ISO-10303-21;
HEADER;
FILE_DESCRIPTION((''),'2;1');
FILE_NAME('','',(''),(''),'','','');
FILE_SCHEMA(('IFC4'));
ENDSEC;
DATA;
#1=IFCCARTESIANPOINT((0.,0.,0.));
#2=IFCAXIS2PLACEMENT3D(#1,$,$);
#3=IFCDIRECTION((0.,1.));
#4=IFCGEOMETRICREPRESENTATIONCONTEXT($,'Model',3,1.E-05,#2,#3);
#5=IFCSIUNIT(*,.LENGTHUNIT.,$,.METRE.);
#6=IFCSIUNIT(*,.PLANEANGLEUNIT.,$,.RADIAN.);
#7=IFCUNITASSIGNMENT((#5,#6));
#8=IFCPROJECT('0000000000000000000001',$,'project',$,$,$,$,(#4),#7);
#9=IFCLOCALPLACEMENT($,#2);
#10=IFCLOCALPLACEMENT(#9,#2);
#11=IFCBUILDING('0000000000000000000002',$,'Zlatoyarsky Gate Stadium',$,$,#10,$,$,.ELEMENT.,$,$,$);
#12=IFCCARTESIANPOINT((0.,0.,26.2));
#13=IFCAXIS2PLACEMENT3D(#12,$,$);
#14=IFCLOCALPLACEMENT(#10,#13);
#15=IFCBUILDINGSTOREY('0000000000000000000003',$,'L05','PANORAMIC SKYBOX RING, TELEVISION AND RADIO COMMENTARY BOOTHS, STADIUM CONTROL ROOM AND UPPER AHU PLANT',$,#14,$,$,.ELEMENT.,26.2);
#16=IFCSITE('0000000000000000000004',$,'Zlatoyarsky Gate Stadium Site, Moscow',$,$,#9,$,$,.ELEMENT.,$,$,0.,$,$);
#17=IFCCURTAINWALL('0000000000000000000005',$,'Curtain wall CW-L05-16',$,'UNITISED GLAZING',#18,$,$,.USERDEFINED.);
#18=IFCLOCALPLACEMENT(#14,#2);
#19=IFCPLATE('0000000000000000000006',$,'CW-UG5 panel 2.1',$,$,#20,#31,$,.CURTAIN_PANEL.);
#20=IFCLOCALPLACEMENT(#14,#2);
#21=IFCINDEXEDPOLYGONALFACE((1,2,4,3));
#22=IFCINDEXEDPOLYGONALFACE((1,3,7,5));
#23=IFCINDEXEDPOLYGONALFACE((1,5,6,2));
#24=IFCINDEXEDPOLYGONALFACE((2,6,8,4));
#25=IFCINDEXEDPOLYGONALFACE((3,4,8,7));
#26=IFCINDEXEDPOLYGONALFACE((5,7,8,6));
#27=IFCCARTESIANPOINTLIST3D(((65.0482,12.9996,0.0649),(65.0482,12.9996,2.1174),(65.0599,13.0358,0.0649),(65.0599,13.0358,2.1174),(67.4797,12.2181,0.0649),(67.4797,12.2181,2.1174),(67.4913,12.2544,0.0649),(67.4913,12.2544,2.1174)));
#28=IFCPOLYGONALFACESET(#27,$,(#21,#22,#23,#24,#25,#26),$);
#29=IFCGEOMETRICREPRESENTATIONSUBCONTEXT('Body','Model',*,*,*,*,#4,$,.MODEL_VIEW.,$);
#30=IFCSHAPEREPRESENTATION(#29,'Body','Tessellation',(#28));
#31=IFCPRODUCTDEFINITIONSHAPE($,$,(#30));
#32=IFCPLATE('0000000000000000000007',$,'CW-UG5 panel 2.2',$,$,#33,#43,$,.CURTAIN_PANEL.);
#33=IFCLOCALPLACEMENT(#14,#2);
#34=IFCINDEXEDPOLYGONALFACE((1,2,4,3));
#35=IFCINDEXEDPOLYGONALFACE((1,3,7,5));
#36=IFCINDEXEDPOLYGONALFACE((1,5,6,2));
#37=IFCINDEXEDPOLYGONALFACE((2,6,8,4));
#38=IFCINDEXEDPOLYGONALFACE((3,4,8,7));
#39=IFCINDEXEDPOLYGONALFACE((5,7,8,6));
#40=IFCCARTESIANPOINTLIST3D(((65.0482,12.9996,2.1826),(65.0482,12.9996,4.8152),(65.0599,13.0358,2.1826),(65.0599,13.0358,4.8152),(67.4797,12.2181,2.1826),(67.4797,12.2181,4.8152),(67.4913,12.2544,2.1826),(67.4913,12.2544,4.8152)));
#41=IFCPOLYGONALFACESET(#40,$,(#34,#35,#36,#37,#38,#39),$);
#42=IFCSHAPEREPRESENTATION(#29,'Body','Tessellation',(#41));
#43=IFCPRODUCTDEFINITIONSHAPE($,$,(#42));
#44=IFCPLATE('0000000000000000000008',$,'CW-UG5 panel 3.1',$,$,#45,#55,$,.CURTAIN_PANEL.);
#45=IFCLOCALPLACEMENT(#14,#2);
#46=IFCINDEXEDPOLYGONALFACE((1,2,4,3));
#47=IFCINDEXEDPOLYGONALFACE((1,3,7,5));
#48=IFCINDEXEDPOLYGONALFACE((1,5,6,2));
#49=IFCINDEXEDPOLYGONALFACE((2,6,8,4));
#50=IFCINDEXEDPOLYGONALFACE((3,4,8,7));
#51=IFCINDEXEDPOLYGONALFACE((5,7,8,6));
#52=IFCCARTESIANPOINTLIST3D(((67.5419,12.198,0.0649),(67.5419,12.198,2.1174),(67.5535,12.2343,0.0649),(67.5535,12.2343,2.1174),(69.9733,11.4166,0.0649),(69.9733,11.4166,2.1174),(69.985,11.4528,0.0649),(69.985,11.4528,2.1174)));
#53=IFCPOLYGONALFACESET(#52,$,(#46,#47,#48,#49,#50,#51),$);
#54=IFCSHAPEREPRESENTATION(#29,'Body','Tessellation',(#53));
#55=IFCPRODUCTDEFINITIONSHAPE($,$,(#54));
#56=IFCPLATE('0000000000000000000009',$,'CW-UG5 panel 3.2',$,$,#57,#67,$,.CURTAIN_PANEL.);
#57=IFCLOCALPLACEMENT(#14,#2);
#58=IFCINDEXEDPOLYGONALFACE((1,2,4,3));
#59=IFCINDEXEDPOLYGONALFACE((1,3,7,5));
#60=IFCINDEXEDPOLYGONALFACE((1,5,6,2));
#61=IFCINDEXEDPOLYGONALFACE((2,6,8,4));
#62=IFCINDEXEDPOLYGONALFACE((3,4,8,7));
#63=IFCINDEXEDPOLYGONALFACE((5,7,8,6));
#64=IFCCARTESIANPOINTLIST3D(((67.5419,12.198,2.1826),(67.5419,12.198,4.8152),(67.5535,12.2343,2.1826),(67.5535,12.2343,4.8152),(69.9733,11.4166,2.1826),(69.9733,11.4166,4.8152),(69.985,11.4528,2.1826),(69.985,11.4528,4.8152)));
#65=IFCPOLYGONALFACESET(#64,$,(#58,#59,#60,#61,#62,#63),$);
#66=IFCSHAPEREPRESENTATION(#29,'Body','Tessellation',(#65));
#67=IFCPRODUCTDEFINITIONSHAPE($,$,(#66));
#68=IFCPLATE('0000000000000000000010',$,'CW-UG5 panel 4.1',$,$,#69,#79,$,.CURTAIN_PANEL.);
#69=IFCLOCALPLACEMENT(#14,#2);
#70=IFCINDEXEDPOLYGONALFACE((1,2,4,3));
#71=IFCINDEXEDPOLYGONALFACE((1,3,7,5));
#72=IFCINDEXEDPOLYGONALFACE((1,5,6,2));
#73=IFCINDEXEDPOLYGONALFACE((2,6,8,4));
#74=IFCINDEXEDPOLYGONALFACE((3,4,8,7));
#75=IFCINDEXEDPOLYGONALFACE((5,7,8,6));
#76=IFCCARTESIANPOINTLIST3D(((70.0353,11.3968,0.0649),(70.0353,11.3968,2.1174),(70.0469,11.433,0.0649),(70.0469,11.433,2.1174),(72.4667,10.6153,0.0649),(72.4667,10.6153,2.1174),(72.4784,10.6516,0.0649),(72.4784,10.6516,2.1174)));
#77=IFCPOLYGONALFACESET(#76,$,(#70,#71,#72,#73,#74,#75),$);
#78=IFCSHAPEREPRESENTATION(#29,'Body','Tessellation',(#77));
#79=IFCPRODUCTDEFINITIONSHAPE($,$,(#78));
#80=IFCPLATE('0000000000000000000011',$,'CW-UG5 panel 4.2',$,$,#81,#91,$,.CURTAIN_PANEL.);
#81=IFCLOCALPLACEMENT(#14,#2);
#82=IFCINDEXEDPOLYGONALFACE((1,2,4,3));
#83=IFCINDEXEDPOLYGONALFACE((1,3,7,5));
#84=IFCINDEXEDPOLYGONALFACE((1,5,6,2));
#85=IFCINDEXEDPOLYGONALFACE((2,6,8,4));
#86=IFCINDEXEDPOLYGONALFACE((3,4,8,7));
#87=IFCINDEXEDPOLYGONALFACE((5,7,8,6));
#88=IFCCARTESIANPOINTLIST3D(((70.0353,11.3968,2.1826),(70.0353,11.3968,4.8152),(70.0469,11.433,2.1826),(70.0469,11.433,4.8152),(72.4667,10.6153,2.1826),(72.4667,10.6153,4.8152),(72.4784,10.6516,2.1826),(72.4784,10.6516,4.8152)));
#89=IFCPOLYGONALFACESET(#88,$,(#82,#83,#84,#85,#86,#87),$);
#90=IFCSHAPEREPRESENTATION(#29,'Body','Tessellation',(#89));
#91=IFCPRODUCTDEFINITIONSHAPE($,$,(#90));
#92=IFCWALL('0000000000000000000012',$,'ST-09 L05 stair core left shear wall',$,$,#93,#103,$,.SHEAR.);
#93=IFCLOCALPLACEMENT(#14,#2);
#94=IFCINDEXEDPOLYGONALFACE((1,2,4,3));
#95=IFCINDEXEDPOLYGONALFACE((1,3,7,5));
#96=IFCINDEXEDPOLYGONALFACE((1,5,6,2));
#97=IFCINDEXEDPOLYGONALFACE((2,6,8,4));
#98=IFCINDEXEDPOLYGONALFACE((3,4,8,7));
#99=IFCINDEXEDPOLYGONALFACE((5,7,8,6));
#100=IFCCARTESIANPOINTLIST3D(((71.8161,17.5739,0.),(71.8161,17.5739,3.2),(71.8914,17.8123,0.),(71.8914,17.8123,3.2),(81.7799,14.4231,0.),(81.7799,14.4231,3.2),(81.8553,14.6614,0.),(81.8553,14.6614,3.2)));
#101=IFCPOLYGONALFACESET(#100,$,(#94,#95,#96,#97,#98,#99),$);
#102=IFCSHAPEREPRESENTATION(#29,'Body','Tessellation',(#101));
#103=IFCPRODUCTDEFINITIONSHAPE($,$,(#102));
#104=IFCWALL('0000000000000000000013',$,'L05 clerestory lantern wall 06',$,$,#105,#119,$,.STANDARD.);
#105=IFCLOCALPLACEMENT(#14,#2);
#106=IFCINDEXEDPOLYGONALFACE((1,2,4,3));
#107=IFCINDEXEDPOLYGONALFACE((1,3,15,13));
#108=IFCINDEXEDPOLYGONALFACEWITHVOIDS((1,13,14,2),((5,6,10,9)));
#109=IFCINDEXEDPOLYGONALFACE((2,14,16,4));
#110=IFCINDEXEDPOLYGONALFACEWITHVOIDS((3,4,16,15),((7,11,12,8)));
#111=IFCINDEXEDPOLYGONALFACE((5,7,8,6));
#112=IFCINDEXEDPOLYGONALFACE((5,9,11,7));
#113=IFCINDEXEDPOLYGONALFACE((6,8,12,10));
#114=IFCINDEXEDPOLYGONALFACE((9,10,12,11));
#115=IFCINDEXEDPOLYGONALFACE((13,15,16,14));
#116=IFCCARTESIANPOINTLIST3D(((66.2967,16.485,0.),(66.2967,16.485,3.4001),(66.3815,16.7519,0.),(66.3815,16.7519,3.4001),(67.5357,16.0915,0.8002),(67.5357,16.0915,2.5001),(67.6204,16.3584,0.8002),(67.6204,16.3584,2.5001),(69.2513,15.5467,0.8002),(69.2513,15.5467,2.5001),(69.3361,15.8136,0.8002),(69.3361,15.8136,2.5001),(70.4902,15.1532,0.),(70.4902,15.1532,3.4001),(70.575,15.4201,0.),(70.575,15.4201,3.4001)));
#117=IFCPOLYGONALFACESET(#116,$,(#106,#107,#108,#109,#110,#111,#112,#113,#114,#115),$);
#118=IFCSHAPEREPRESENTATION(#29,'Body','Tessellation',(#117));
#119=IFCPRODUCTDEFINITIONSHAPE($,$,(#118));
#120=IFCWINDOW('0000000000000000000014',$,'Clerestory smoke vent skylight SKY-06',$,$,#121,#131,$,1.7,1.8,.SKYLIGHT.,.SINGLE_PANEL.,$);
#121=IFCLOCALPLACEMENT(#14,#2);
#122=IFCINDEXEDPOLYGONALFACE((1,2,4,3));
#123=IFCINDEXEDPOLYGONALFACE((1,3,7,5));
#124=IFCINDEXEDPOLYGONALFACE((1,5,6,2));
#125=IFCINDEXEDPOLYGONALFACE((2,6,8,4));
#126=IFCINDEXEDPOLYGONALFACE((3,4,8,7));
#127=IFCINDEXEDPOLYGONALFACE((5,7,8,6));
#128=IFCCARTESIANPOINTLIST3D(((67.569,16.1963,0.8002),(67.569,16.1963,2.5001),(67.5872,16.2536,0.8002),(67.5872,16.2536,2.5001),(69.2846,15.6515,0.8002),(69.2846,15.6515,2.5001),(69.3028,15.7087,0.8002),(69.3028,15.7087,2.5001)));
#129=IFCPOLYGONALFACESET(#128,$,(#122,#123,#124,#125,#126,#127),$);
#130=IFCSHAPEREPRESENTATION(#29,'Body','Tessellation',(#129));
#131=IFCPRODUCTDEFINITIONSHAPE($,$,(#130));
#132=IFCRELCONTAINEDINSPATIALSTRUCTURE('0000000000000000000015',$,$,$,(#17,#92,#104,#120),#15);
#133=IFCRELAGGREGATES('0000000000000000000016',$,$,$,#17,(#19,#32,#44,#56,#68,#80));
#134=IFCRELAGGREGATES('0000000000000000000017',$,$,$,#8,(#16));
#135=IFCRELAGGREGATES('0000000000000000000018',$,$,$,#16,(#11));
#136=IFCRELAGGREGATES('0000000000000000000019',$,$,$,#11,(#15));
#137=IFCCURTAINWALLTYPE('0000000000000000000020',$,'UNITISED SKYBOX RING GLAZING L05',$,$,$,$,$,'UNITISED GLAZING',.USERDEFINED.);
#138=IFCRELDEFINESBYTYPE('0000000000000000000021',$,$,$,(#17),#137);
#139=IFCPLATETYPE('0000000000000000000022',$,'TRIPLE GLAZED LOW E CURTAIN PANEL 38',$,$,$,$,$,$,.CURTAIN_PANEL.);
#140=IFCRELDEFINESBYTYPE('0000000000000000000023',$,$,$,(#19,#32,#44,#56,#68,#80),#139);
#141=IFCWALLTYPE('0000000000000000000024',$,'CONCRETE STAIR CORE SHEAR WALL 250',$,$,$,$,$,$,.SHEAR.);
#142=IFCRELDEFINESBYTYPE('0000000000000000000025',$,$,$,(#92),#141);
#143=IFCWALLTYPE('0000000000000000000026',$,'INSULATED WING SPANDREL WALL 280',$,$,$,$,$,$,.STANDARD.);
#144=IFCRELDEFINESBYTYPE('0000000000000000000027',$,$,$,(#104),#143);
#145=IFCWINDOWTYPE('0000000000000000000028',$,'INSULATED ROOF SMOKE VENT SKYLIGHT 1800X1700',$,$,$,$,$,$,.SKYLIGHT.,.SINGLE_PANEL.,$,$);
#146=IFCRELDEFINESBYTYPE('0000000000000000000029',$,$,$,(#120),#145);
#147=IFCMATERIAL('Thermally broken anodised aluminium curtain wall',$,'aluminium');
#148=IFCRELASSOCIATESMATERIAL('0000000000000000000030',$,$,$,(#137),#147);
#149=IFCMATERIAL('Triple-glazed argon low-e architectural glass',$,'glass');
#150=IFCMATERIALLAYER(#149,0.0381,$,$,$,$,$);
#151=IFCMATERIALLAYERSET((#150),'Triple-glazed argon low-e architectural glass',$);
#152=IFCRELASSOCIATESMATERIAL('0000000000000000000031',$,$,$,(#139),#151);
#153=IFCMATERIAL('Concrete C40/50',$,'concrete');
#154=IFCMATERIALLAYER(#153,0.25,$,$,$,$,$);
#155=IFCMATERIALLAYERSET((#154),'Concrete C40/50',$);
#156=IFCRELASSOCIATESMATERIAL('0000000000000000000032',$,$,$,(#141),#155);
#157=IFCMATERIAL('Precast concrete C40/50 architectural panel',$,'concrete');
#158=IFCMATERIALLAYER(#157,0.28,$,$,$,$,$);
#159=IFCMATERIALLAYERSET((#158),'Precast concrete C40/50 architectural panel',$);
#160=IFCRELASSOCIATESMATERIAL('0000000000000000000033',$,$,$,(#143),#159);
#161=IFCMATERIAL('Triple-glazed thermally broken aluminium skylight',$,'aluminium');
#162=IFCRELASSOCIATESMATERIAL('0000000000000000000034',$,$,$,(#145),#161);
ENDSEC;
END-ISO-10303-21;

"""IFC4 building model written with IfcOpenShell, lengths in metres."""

from ifc_helpers import new_model, si_unit, direction, frame, frame_2d, origin, origin_2d, place, context, subcontext, project, spatial, rectangle, extrude, material, layer, layer_set, type_object, element, fill, aggregate, save


model = new_model("IFC4")

# Units and contexts
model_context = context("Model", 3, precision=1e-05, world=origin(), true_north=direction((0.0, 1.0)))
body_context = subcontext(model_context, "Body", "Model", "MODEL_VIEW")
ifc_project = project(units=[si_unit("LENGTHUNIT", "METRE"), si_unit("PLANEANGLEUNIT", "RADIAN")], contexts=[model_context])

# Site, building, storey
site_placement = place(None, origin())
site = spatial("IfcSite", under=ifc_project, at=site_placement, Name="Zlatoyarsky Gate Stadium Site, Moscow", CompositionType="ELEMENT", RefElevation=0.0)
building_placement = place(site_placement, origin())
building = spatial("IfcBuilding", under=site, at=building_placement, Name="Zlatoyarsky Gate Stadium", CompositionType="ELEMENT")
storey_placement = place(building_placement, frame((0.0, 0.0, 26.2)))
storey = spatial("IfcBuildingStorey", under=building, at=storey_placement, Name="L05", Description="PANORAMIC SKYBOX RING, TELEVISION AND RADIO COMMENTARY BOOTHS, STADIUM CONTROL ROOM AND UPPER AHU PLANT", CompositionType="ELEMENT", Elevation=26.2)

# Curtain wall
ifc_material_1 = material(Name="Thermally broken anodised aluminium curtain wall", Category="aluminium")
curtain_wall_type = type_object("IfcCurtainWallType", Name="UNITISED SKYBOX RING GLAZING L05", ElementType="UNITISED GLAZING", PredefinedType="USERDEFINED", material=ifc_material_1)
curtain_wall_placement = place(storey_placement, origin())
curtain_wall = element("IfcCurtainWall", 1, at=curtain_wall_placement, inside=storey, type_object=curtain_wall_type, Name="Curtain wall CW-L05-16", ObjectType="UNITISED GLAZING", PredefinedType="USERDEFINED")

# Plates
ifc_material_2 = material(Name="Triple-glazed argon low-e architectural glass", Category="glass")
ifc_layer_1 = layer(ifc_material_2, 0.0381)
ifc_layer_set_1 = layer_set([ifc_layer_1], Name="Triple-glazed argon low-e architectural glass")
plate_type_1 = type_object("IfcPlateType", Name="TRIPLE GLAZED LOW E CURTAIN PANEL 38", PredefinedType="CURTAIN_PANEL", material=ifc_layer_set_1)
plate_1_placement = place(storey_placement, frame((66.2698, 12.627, 0.0649), z_axis=(0.0, 0.0, 1.0), x_axis=(0.952039, -0.305978, 0.0)))
plate_1 = element("IfcPlate", 2, at=plate_1_placement, type_object=plate_type_1, Name="CW-UG5 panel 2.1", PredefinedType="CURTAIN_PANEL", context=body_context, shape_type="SweptSolid", body=[
    extrude(rectangle(XDim=2.554, YDim=0.0381, at=origin_2d()), origin(), (0.0, 0.0, 1.0), 2.0525),
])
plate_2_placement = place(storey_placement, frame((66.2698, 12.627, 2.1826), z_axis=(0.0, 0.0, 1.0), x_axis=(0.952039, -0.305978, 0.0)))
plate_2 = element("IfcPlate", 3, at=plate_2_placement, type_object=plate_type_1, Name="CW-UG5 panel 2.2", PredefinedType="CURTAIN_PANEL", context=body_context, shape_type="SweptSolid", body=[
    extrude(rectangle(XDim=2.554, YDim=0.0381, at=origin_2d()), origin(), (0.0, 0.0, 1.0), 2.6326),
])
plate_3_placement = place(storey_placement, frame((68.7634, 11.8254, 0.0649), z_axis=(0.0, 0.0, 1.0), x_axis=(0.952039, -0.305978, 0.0)))
plate_3 = element("IfcPlate", 4, at=plate_3_placement, type_object=plate_type_1, Name="CW-UG5 panel 3.1", PredefinedType="CURTAIN_PANEL", context=body_context, shape_type="SweptSolid", body=[
    extrude(rectangle(XDim=2.554, YDim=0.0381, at=origin_2d()), origin(), (0.0, 0.0, 1.0), 2.0525),
])
plate_4_placement = place(storey_placement, frame((68.7634, 11.8254, 2.1826), z_axis=(0.0, 0.0, 1.0), x_axis=(0.952039, -0.305978, 0.0)))
plate_4 = element("IfcPlate", 5, at=plate_4_placement, type_object=plate_type_1, Name="CW-UG5 panel 3.2", PredefinedType="CURTAIN_PANEL", context=body_context, shape_type="SweptSolid", body=[
    extrude(rectangle(XDim=2.554, YDim=0.0381, at=origin_2d()), origin(), (0.0, 0.0, 1.0), 2.6326),
])
plate_5_placement = place(storey_placement, frame((71.2568, 11.0242, 0.0649), z_axis=(0.0, 0.0, 1.0), x_axis=(0.952039, -0.305978, 0.0)))
plate_5 = element("IfcPlate", 6, at=plate_5_placement, type_object=plate_type_1, Name="CW-UG5 panel 4.1", PredefinedType="CURTAIN_PANEL", context=body_context, shape_type="SweptSolid", body=[
    extrude(rectangle(XDim=2.554, YDim=0.0381, at=origin_2d()), origin(), (0.0, 0.0, 1.0), 2.0525),
])
plate_6_placement = place(storey_placement, frame((71.2568, 11.0242, 2.1826), z_axis=(0.0, 0.0, 1.0), x_axis=(0.952039, -0.305978, 0.0)))
plate_6 = element("IfcPlate", 7, at=plate_6_placement, type_object=plate_type_1, Name="CW-UG5 panel 4.2", PredefinedType="CURTAIN_PANEL", context=body_context, shape_type="SweptSolid", body=[
    extrude(rectangle(XDim=2.554, YDim=0.0381, at=origin_2d()), origin(), (0.0, 0.0, 1.0), 2.6326),
])
aggregate(curtain_wall, [plate_1, plate_2, plate_3, plate_4, plate_5, plate_6])

# Wall
ifc_material_3 = material(Name="Concrete C40/50", Category="concrete")
ifc_layer_2 = layer(ifc_material_3, 0.25)
ifc_layer_set_2 = layer_set([ifc_layer_2], Name="Concrete C40/50")
wall_type_1 = type_object("IfcWallType", Name="CONCRETE STAIR CORE SHEAR WALL 250", PredefinedType="SHEAR", material=ifc_layer_set_2)
wall_1_placement = place(storey_placement, frame((71.8538, 17.6931, 0.0), z_axis=(0.0, 0.0, 1.0), x_axis=(0.953462, -0.301514, 0.0)))
element("IfcWall", 8, at=wall_1_placement, inside=storey, type_object=wall_type_1, Name="ST-09 L05 stair core left shear wall", PredefinedType="SHEAR", context=body_context, shape_type="SweptSolid", body=[
    extrude(rectangle(XDim=10.4502, YDim=0.25, at=frame_2d((5.2251, 0.0))), origin(), (0.0, 0.0, 1.0), 3.2),
])

# Wall, opening, window
ifc_material_4 = material(Name="Precast concrete C40/50 architectural panel", Category="concrete")
ifc_layer_3 = layer(ifc_material_4, 0.28)
ifc_layer_set_3 = layer_set([ifc_layer_3], Name="Precast concrete C40/50 architectural panel")
wall_type_2 = type_object("IfcWallType", Name="INSULATED WING SPANDREL WALL 280", PredefinedType="STANDARD", material=ifc_layer_set_3)
wall_2_placement = place(storey_placement, frame((66.3391, 16.6184, 0.0), z_axis=(0.0, 0.0, 1.0), x_axis=(0.953093, -0.302679, 0.0)))
wall_2 = element("IfcWall", 9, at=wall_2_placement, inside=storey, type_object=wall_type_2, Name="L05 clerestory lantern wall 06", PredefinedType="STANDARD", context=body_context, shape_type="SweptSolid", body=[
    extrude(rectangle(XDim=4.3999, YDim=0.28, at=frame_2d((2.2, 0.0))), origin(), (0.0, 0.0, 1.0), 3.4001),
])
opening_placement = place(wall_2_placement, frame((1.3, 0.0, 0.8)))
opening = element("IfcOpeningElement", 10, at=opening_placement, cuts=wall_2, PredefinedType="OPENING", context=body_context, shape_type="SweptSolid", body=[
    extrude(rectangle(XDim=1.8, YDim=1.7, at=frame_2d((0.8999, 0.8501))), frame((0.0, 0.1499, 0.0), z_axis=(0.0, -1.0, 0.0), x_axis=(1.0, 0.0, 0.0)), (0.0, 0.0, 1.0), 0.3),
])
ifc_material_5 = material(Name="Triple-glazed thermally broken aluminium skylight", Category="aluminium")
window_type = type_object("IfcWindowType", Name="INSULATED ROOF SMOKE VENT SKYLIGHT 1800X1700", PartitioningType="SINGLE_PANEL", PredefinedType="SKYLIGHT", material=ifc_material_5)
window_placement = place(opening_placement, origin())
window = element("IfcWindow", 11, at=window_placement, inside=storey, type_object=window_type, Name="Clerestory smoke vent skylight SKY-06", OverallHeight=1.7, OverallWidth=1.8, PartitioningType="SINGLE_PANEL", PredefinedType="SKYLIGHT", context=body_context, shape_type="SweptSolid", body=[
    extrude(rectangle(XDim=1.8, YDim=1.7, at=frame_2d((0.8999, 0.8501))), frame((0.0, 0.03, 0.0), z_axis=(0.0, -1.0, 0.0), x_axis=(1.0, 0.0, 0.0)), (0.0, 0.0, 1.0), 0.0601),
])
fill(opening, window)

save(model, "model.ifc")
